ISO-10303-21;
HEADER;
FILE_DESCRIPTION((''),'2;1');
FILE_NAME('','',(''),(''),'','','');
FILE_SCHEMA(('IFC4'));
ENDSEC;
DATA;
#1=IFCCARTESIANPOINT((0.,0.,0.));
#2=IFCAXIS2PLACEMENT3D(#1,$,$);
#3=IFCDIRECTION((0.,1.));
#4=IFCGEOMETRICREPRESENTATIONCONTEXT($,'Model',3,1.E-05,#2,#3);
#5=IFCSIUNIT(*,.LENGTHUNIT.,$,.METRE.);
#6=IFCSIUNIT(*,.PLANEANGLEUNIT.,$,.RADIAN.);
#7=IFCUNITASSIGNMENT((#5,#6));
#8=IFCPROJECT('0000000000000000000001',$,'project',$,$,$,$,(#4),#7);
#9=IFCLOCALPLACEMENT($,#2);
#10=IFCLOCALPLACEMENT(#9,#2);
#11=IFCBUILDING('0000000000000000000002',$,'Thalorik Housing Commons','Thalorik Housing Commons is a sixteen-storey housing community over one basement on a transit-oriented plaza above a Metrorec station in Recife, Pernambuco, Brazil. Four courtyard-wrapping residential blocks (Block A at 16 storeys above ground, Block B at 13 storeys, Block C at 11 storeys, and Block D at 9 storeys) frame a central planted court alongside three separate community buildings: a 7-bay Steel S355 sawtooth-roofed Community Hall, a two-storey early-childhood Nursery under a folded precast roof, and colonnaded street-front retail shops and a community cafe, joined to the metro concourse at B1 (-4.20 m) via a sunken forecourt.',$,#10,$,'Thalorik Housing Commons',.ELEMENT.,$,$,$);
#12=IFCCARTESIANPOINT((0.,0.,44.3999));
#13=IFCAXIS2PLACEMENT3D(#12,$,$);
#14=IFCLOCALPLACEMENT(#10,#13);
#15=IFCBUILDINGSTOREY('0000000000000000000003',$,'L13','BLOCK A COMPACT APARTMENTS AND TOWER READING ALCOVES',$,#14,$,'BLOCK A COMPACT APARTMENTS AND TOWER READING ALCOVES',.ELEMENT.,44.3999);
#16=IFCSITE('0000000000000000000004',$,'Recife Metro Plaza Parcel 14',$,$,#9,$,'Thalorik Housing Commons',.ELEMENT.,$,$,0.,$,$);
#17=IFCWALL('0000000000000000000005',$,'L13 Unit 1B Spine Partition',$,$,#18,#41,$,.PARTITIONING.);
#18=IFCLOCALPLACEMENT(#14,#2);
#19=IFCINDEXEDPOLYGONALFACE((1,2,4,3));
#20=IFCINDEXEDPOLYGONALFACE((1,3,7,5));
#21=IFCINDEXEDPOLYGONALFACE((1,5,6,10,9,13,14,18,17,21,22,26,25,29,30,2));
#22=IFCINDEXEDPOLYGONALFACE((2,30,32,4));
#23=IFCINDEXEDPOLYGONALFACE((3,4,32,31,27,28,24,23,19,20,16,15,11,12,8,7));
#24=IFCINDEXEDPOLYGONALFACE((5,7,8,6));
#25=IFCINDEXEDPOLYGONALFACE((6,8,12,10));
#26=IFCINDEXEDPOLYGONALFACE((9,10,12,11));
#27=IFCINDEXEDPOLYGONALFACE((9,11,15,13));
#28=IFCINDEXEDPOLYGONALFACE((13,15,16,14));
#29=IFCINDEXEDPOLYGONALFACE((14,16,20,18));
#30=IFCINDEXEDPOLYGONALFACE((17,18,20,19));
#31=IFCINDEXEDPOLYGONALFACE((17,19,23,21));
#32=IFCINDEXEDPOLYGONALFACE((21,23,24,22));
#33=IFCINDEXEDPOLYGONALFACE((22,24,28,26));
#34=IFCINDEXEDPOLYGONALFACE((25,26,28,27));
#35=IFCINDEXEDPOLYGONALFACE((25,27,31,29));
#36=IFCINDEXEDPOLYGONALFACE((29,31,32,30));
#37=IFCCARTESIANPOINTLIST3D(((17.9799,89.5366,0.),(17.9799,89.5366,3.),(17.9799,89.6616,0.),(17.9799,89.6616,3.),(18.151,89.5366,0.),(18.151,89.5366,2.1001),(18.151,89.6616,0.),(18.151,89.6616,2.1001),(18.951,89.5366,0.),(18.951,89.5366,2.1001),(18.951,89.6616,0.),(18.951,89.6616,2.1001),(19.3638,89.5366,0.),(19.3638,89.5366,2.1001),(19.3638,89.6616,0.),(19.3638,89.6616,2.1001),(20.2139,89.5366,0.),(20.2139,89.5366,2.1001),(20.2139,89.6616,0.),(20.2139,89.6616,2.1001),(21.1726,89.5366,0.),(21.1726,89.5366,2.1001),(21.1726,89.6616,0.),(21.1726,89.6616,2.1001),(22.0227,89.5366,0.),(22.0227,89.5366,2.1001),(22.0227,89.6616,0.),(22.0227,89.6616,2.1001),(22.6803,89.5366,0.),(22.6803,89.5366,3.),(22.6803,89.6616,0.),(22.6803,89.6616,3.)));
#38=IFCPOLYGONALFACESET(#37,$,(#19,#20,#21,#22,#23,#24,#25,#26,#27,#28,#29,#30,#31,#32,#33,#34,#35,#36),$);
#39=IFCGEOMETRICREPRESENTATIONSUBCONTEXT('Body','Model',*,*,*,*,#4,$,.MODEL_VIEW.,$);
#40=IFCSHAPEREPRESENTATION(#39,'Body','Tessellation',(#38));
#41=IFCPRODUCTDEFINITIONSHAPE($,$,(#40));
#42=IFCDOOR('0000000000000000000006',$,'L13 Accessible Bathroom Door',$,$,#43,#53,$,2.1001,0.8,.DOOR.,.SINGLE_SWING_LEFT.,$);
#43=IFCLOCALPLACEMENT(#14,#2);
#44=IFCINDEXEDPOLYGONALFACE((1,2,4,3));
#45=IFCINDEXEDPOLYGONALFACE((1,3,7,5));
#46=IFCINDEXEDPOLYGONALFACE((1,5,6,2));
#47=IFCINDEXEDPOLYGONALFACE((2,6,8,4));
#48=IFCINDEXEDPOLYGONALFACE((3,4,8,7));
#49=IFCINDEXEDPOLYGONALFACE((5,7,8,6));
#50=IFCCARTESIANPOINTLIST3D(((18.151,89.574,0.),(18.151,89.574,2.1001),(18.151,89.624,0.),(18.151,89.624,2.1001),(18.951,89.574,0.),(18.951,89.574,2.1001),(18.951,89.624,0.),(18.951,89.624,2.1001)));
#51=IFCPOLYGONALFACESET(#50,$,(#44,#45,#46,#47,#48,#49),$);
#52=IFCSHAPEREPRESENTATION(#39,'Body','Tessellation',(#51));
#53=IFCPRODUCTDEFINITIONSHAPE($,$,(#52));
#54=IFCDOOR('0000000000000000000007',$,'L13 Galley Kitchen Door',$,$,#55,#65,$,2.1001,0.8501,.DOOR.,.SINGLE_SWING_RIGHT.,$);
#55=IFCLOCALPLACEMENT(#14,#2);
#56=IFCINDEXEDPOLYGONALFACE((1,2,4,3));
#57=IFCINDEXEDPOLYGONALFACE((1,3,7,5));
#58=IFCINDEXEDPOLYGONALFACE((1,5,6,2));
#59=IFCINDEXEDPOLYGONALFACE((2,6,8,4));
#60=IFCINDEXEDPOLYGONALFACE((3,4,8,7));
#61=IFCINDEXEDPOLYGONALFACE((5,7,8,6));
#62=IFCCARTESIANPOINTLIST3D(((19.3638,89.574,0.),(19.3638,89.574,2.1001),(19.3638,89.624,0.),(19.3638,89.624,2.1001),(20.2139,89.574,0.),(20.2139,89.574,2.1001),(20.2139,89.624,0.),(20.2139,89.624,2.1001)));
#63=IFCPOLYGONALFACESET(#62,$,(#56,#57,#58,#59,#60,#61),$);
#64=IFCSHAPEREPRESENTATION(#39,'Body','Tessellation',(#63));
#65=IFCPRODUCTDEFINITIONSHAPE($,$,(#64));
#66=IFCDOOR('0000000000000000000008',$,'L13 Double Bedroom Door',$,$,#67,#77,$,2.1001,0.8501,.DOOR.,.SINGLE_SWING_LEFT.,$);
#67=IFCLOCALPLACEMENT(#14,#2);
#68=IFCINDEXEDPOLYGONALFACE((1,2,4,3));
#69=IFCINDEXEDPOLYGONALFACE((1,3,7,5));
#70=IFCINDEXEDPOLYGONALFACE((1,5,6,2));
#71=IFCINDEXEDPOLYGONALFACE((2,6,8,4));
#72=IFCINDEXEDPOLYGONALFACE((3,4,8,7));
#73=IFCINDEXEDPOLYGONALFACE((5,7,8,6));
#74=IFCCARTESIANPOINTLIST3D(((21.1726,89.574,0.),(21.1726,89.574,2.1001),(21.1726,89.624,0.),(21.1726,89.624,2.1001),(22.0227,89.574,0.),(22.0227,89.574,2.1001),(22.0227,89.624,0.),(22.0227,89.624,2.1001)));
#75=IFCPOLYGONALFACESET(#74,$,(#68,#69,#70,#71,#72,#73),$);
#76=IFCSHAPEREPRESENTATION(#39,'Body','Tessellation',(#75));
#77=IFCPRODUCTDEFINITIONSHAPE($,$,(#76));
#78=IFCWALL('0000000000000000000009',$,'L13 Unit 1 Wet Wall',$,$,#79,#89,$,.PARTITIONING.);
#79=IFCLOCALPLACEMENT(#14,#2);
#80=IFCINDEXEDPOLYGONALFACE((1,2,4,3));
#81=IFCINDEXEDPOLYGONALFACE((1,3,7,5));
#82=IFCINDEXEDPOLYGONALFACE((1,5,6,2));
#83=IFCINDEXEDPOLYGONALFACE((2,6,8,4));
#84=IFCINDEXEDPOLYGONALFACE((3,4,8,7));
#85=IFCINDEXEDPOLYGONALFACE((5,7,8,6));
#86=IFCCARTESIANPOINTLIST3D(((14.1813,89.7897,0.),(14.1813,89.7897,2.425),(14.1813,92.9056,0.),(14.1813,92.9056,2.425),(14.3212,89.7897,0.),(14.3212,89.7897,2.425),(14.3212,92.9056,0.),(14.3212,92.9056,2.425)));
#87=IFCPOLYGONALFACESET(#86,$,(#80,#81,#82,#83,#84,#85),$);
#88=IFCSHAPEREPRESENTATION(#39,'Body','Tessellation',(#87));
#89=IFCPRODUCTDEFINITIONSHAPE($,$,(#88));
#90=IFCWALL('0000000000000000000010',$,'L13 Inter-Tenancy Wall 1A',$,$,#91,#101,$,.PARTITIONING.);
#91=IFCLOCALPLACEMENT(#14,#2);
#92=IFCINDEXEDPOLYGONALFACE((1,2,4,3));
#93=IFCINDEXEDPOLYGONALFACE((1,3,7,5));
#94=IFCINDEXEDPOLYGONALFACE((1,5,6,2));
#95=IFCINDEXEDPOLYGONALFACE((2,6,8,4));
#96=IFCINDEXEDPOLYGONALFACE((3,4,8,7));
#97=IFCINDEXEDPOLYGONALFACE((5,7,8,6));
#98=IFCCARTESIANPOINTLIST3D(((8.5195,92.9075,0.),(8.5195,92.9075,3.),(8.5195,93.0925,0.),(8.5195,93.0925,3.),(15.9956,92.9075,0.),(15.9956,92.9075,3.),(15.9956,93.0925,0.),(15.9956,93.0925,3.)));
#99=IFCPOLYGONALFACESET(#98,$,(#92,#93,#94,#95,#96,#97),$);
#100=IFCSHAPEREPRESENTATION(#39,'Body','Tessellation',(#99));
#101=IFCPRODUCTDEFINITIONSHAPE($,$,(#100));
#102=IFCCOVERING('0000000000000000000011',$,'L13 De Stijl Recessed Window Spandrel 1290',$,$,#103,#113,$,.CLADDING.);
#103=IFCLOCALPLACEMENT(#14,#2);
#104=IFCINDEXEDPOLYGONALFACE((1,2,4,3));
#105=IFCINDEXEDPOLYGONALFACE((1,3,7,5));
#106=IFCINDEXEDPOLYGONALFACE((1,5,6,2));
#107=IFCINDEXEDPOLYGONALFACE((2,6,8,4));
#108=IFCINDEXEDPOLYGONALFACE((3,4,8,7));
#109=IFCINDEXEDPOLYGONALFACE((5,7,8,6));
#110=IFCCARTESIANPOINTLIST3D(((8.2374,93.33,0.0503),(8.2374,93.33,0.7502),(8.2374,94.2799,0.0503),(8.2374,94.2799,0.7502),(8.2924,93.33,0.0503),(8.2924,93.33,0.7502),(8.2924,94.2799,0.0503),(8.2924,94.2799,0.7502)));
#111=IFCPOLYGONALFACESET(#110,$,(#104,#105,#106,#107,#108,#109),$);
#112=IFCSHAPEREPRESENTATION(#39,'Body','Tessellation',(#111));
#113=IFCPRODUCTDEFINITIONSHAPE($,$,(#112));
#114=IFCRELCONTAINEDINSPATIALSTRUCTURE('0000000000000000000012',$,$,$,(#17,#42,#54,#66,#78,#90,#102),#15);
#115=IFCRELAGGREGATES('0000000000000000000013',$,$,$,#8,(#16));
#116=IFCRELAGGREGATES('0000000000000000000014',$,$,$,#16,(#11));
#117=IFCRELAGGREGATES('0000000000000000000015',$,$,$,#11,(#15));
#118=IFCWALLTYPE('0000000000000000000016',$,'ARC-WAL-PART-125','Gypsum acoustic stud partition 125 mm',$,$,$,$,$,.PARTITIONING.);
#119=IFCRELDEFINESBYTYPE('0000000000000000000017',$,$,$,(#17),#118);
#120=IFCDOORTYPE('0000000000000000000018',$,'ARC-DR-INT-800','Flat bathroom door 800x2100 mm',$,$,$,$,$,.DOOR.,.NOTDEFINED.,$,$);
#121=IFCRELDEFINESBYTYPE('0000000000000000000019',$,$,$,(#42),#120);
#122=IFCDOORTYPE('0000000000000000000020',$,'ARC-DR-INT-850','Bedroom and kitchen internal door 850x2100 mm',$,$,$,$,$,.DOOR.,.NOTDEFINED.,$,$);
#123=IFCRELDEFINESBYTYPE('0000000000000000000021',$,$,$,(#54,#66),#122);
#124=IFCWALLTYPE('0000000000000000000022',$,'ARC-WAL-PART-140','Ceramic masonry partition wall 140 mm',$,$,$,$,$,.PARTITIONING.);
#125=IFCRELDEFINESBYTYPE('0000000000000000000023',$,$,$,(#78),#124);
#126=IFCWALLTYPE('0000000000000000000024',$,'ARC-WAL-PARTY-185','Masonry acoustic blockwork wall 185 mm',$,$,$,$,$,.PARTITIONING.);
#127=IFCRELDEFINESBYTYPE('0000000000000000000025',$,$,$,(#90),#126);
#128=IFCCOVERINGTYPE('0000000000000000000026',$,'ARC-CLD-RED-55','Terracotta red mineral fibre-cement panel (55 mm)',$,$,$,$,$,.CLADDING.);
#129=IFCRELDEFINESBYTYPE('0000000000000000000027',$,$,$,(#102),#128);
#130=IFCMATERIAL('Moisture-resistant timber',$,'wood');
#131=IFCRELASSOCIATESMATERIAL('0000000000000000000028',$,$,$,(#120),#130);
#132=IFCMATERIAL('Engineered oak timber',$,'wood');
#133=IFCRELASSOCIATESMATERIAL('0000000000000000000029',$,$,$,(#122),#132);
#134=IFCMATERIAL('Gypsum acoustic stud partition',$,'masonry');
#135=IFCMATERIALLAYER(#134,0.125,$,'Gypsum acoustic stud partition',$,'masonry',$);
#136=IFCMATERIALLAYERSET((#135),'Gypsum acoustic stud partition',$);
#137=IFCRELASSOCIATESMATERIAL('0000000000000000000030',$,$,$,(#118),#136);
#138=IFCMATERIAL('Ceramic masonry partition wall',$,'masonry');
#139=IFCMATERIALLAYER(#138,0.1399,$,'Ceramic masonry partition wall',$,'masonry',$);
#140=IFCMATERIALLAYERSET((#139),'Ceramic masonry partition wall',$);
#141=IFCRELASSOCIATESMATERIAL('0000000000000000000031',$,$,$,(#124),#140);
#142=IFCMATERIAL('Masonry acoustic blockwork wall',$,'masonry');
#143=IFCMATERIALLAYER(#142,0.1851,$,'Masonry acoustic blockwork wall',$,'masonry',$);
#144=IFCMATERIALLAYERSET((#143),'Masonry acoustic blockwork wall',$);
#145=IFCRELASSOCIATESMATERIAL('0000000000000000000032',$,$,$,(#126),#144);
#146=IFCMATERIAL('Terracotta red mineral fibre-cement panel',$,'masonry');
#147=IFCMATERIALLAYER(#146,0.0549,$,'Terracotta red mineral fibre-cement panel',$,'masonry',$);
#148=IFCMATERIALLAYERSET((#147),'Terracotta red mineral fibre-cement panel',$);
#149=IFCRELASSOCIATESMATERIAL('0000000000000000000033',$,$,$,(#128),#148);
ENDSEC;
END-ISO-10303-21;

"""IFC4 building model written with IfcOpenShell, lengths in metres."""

from ifc_helpers import new_model, si_unit, direction, frame, frame_2d, origin, origin_2d, place, context, subcontext, project, spatial, rectangle, extrude, material, layer, layer_set, type_object, element, fill, save


model = new_model("IFC4")

# Units and contexts
model_context = context("Model", 3, precision=1e-05, world=origin(), true_north=direction((0.0, 1.0)))
body_context = subcontext(model_context, "Body", "Model", "MODEL_VIEW")
ifc_project = project(units=[si_unit("LENGTHUNIT", "METRE"), si_unit("PLANEANGLEUNIT", "RADIAN")], contexts=[model_context])

# Site, building, storey
site_placement = place(None, origin())
site = spatial("IfcSite", under=ifc_project, at=site_placement, Name="Recife Metro Plaza Parcel 14", LongName="Thalorik Housing Commons", CompositionType="ELEMENT", RefElevation=0.0)
building_placement = place(site_placement, origin())
building = spatial("IfcBuilding", under=site, at=building_placement, Name="Thalorik Housing Commons", Description="Thalorik Housing Commons is a sixteen-storey housing community over one basement on a transit-oriented plaza above a Metrorec station in Recife, Pernambuco, Brazil. Four courtyard-wrapping residential blocks (Block A at 16 storeys above ground, Block B at 13 storeys, Block C at 11 storeys, and Block D at 9 storeys) frame a central planted court alongside three separate community buildings: a 7-bay Steel S355 sawtooth-roofed Community Hall, a two-storey early-childhood Nursery under a folded precast roof, and colonnaded street-front retail shops and a community cafe, joined to the metro concourse at B1 (-4.20 m) via a sunken forecourt.", LongName="Thalorik Housing Commons", CompositionType="ELEMENT")
storey_placement = place(building_placement, frame((0.0, 0.0, 44.3999)))
storey = spatial("IfcBuildingStorey", under=building, at=storey_placement, Name="L13", Description="BLOCK A COMPACT APARTMENTS AND TOWER READING ALCOVES", LongName="BLOCK A COMPACT APARTMENTS AND TOWER READING ALCOVES", CompositionType="ELEMENT", Elevation=44.3999)

# Wall, openings, doors
ifc_material_1 = material(Name="Moisture-resistant timber", Category="wood")
door_type_1 = type_object("IfcDoorType", Name="ARC-DR-INT-800", Description="Flat bathroom door 800x2100 mm", OperationType="NOTDEFINED", PredefinedType="DOOR", material=ifc_material_1)
ifc_material_2 = material(Name="Engineered oak timber", Category="wood")
door_type_2 = type_object("IfcDoorType", Name="ARC-DR-INT-850", Description="Bedroom and kitchen internal door 850x2100 mm", OperationType="NOTDEFINED", PredefinedType="DOOR", material=ifc_material_2)
ifc_material_3 = material(Name="Gypsum acoustic stud partition", Category="masonry")
ifc_layer_1 = layer(ifc_material_3, 0.125, Name="Gypsum acoustic stud partition", Category="masonry")
ifc_layer_set_1 = layer_set([ifc_layer_1], Name="Gypsum acoustic stud partition")
wall_type_1 = type_object("IfcWallType", Name="ARC-WAL-PART-125", Description="Gypsum acoustic stud partition 125 mm", PredefinedType="PARTITIONING", material=ifc_layer_set_1)
wall_1_placement = place(storey_placement, frame((17.98, 89.5991, 0.0), z_axis=(0.0, 0.0, 1.0), x_axis=(1.0, 0.0, 0.0)))
wall_1 = element("IfcWall", 1, at=wall_1_placement, inside=storey, type_object=wall_type_1, Name="L13 Unit 1B Spine Partition", PredefinedType="PARTITIONING", context=body_context, shape_type="SweptSolid", body=[
    extrude(rectangle(XDim=4.7004, YDim=0.125, at=frame_2d((2.3501, 0.0))), origin(), (0.0, 0.0, 1.0), 3.0),
])
opening_1_placement = place(wall_1_placement, frame((0.1711, 0.0, 0.0)))
opening_1 = element("IfcOpeningElement", 2, at=opening_1_placement, cuts=wall_1, PredefinedType="OPENING", context=body_context, shape_type="SweptSolid", body=[
    extrude(rectangle(XDim=0.8, YDim=2.1001, at=frame_2d((0.3999, 1.05))), frame((0.0, 0.0725, 0.0), z_axis=(0.0, -1.0, 0.0), x_axis=(1.0, 0.0, 0.0)), (0.0, 0.0, 1.0), 0.145),
])
opening_2_placement = place(wall_1_placement, frame((1.3838, 0.0, 0.0)))
opening_2 = element("IfcOpeningElement", 3, at=opening_2_placement, cuts=wall_1, PredefinedType="OPENING", context=body_context, shape_type="SweptSolid", body=[
    extrude(rectangle(XDim=0.8501, YDim=2.1001, at=frame_2d((0.425, 1.05))), frame((0.0, 0.0725, 0.0), z_axis=(0.0, -1.0, 0.0), x_axis=(1.0, 0.0, 0.0)), (0.0, 0.0, 1.0), 0.145),
])
opening_3_placement = place(wall_1_placement, frame((3.1926, 0.0, 0.0)))
opening_3 = element("IfcOpeningElement", 4, at=opening_3_placement, cuts=wall_1, PredefinedType="OPENING", context=body_context, shape_type="SweptSolid", body=[
    extrude(rectangle(XDim=0.8501, YDim=2.1001, at=frame_2d((0.425, 1.05))), frame((0.0, 0.0725, 0.0), z_axis=(0.0, -1.0, 0.0), x_axis=(1.0, 0.0, 0.0)), (0.0, 0.0, 1.0), 0.145),
])
door_1_placement = place(opening_1_placement, origin())
door_1 = element("IfcDoor", 5, at=door_1_placement, inside=storey, type_object=door_type_1, Name="L13 Accessible Bathroom Door", OperationType="SINGLE_SWING_LEFT", OverallHeight=2.1001, OverallWidth=0.8, PredefinedType="DOOR", context=body_context, shape_type="SweptSolid", body=[
    extrude(rectangle(XDim=0.8, YDim=2.1001, at=frame_2d((0.3999, 1.05))), frame((0.0, 0.0249, 0.0), z_axis=(0.0, -1.0, 0.0), x_axis=(1.0, 0.0, 0.0)), (0.0, 0.0, 1.0), 0.05),
])
fill(opening_1, door_1)
door_2_placement = place(opening_2_placement, origin())
door_2 = element("IfcDoor", 6, at=door_2_placement, inside=storey, type_object=door_type_2, Name="L13 Galley Kitchen Door", OperationType="SINGLE_SWING_RIGHT", OverallHeight=2.1001, OverallWidth=0.8501, PredefinedType="DOOR", context=body_context, shape_type="SweptSolid", body=[
    extrude(rectangle(XDim=0.8501, YDim=2.1001, at=frame_2d((0.425, 1.05))), frame((0.0, 0.0249, 0.0), z_axis=(0.0, -1.0, 0.0), x_axis=(1.0, 0.0, 0.0)), (0.0, 0.0, 1.0), 0.05),
])
fill(opening_2, door_2)
door_3_placement = place(opening_3_placement, origin())
door_3 = element("IfcDoor", 7, at=door_3_placement, inside=storey, type_object=door_type_2, Name="L13 Double Bedroom Door", OperationType="SINGLE_SWING_LEFT", OverallHeight=2.1001, OverallWidth=0.8501, PredefinedType="DOOR", context=body_context, shape_type="SweptSolid", body=[
    extrude(rectangle(XDim=0.8501, YDim=2.1001, at=frame_2d((0.425, 1.05))), frame((0.0, 0.0249, 0.0), z_axis=(0.0, -1.0, 0.0), x_axis=(1.0, 0.0, 0.0)), (0.0, 0.0, 1.0), 0.05),
])
fill(opening_3, door_3)

# Walls
ifc_material_4 = material(Name="Ceramic masonry partition wall", Category="masonry")
ifc_layer_2 = layer(ifc_material_4, 0.1399, Name="Ceramic masonry partition wall", Category="masonry")
ifc_layer_set_2 = layer_set([ifc_layer_2], Name="Ceramic masonry partition wall")
wall_type_2 = type_object("IfcWallType", Name="ARC-WAL-PART-140", Description="Ceramic masonry partition wall 140 mm", PredefinedType="PARTITIONING", material=ifc_layer_set_2)
wall_2_placement = place(storey_placement, frame((14.2512, 89.7896, 0.0), z_axis=(0.0, 0.0, 1.0), x_axis=(0.0, 1.0, 0.0)))
element("IfcWall", 8, at=wall_2_placement, inside=storey, type_object=wall_type_2, Name="L13 Unit 1 Wet Wall", PredefinedType="PARTITIONING", context=body_context, shape_type="SweptSolid", body=[
    extrude(rectangle(XDim=3.116, YDim=0.1399, at=frame_2d((1.5581, 0.0))), origin(), (0.0, 0.0, 1.0), 2.425),
])
ifc_material_5 = material(Name="Masonry acoustic blockwork wall", Category="masonry")
ifc_layer_3 = layer(ifc_material_5, 0.1851, Name="Masonry acoustic blockwork wall", Category="masonry")
ifc_layer_set_3 = layer_set([ifc_layer_3], Name="Masonry acoustic blockwork wall")
wall_type_3 = type_object("IfcWallType", Name="ARC-WAL-PARTY-185", Description="Masonry acoustic blockwork wall 185 mm", PredefinedType="PARTITIONING", material=ifc_layer_set_3)
wall_3_placement = place(storey_placement, frame((8.5195, 93.0, 0.0), z_axis=(0.0, 0.0, 1.0), x_axis=(1.0, 0.0, 0.0)))
element("IfcWall", 9, at=wall_3_placement, inside=storey, type_object=wall_type_3, Name="L13 Inter-Tenancy Wall 1A", PredefinedType="PARTITIONING", context=body_context, shape_type="SweptSolid", body=[
    extrude(rectangle(XDim=7.4761, YDim=0.1851, at=frame_2d((3.738, 0.0))), origin(), (0.0, 0.0, 1.0), 3.0),
])

# Covering
ifc_material_6 = material(Name="Terracotta red mineral fibre-cement panel", Category="masonry")
ifc_layer_4 = layer(ifc_material_6, 0.0549, Name="Terracotta red mineral fibre-cement panel", Category="masonry")
ifc_layer_set_4 = layer_set([ifc_layer_4], Name="Terracotta red mineral fibre-cement panel")
covering_type_1 = type_object("IfcCoveringType", Name="ARC-CLD-RED-55", Description="Terracotta red mineral fibre-cement panel (55 mm)", PredefinedType="CLADDING", material=ifc_layer_set_4)
covering_1_placement = place(storey_placement, frame((8.2649, 93.8049, 0.0503), z_axis=(0.0, 0.0, 1.0), x_axis=(0.0, -1.0, 0.0)))
element("IfcCovering", 10, at=covering_1_placement, inside=storey, type_object=covering_type_1, Name="L13 De Stijl Recessed Window Spandrel 1290", PredefinedType="CLADDING", context=body_context, shape_type="SweptSolid", body=[
    extrude(rectangle(XDim=0.95, YDim=0.0549, at=origin_2d()), origin(), (0.0, 0.0, 1.0), 0.7),
])

save(model, "model.ifc")
